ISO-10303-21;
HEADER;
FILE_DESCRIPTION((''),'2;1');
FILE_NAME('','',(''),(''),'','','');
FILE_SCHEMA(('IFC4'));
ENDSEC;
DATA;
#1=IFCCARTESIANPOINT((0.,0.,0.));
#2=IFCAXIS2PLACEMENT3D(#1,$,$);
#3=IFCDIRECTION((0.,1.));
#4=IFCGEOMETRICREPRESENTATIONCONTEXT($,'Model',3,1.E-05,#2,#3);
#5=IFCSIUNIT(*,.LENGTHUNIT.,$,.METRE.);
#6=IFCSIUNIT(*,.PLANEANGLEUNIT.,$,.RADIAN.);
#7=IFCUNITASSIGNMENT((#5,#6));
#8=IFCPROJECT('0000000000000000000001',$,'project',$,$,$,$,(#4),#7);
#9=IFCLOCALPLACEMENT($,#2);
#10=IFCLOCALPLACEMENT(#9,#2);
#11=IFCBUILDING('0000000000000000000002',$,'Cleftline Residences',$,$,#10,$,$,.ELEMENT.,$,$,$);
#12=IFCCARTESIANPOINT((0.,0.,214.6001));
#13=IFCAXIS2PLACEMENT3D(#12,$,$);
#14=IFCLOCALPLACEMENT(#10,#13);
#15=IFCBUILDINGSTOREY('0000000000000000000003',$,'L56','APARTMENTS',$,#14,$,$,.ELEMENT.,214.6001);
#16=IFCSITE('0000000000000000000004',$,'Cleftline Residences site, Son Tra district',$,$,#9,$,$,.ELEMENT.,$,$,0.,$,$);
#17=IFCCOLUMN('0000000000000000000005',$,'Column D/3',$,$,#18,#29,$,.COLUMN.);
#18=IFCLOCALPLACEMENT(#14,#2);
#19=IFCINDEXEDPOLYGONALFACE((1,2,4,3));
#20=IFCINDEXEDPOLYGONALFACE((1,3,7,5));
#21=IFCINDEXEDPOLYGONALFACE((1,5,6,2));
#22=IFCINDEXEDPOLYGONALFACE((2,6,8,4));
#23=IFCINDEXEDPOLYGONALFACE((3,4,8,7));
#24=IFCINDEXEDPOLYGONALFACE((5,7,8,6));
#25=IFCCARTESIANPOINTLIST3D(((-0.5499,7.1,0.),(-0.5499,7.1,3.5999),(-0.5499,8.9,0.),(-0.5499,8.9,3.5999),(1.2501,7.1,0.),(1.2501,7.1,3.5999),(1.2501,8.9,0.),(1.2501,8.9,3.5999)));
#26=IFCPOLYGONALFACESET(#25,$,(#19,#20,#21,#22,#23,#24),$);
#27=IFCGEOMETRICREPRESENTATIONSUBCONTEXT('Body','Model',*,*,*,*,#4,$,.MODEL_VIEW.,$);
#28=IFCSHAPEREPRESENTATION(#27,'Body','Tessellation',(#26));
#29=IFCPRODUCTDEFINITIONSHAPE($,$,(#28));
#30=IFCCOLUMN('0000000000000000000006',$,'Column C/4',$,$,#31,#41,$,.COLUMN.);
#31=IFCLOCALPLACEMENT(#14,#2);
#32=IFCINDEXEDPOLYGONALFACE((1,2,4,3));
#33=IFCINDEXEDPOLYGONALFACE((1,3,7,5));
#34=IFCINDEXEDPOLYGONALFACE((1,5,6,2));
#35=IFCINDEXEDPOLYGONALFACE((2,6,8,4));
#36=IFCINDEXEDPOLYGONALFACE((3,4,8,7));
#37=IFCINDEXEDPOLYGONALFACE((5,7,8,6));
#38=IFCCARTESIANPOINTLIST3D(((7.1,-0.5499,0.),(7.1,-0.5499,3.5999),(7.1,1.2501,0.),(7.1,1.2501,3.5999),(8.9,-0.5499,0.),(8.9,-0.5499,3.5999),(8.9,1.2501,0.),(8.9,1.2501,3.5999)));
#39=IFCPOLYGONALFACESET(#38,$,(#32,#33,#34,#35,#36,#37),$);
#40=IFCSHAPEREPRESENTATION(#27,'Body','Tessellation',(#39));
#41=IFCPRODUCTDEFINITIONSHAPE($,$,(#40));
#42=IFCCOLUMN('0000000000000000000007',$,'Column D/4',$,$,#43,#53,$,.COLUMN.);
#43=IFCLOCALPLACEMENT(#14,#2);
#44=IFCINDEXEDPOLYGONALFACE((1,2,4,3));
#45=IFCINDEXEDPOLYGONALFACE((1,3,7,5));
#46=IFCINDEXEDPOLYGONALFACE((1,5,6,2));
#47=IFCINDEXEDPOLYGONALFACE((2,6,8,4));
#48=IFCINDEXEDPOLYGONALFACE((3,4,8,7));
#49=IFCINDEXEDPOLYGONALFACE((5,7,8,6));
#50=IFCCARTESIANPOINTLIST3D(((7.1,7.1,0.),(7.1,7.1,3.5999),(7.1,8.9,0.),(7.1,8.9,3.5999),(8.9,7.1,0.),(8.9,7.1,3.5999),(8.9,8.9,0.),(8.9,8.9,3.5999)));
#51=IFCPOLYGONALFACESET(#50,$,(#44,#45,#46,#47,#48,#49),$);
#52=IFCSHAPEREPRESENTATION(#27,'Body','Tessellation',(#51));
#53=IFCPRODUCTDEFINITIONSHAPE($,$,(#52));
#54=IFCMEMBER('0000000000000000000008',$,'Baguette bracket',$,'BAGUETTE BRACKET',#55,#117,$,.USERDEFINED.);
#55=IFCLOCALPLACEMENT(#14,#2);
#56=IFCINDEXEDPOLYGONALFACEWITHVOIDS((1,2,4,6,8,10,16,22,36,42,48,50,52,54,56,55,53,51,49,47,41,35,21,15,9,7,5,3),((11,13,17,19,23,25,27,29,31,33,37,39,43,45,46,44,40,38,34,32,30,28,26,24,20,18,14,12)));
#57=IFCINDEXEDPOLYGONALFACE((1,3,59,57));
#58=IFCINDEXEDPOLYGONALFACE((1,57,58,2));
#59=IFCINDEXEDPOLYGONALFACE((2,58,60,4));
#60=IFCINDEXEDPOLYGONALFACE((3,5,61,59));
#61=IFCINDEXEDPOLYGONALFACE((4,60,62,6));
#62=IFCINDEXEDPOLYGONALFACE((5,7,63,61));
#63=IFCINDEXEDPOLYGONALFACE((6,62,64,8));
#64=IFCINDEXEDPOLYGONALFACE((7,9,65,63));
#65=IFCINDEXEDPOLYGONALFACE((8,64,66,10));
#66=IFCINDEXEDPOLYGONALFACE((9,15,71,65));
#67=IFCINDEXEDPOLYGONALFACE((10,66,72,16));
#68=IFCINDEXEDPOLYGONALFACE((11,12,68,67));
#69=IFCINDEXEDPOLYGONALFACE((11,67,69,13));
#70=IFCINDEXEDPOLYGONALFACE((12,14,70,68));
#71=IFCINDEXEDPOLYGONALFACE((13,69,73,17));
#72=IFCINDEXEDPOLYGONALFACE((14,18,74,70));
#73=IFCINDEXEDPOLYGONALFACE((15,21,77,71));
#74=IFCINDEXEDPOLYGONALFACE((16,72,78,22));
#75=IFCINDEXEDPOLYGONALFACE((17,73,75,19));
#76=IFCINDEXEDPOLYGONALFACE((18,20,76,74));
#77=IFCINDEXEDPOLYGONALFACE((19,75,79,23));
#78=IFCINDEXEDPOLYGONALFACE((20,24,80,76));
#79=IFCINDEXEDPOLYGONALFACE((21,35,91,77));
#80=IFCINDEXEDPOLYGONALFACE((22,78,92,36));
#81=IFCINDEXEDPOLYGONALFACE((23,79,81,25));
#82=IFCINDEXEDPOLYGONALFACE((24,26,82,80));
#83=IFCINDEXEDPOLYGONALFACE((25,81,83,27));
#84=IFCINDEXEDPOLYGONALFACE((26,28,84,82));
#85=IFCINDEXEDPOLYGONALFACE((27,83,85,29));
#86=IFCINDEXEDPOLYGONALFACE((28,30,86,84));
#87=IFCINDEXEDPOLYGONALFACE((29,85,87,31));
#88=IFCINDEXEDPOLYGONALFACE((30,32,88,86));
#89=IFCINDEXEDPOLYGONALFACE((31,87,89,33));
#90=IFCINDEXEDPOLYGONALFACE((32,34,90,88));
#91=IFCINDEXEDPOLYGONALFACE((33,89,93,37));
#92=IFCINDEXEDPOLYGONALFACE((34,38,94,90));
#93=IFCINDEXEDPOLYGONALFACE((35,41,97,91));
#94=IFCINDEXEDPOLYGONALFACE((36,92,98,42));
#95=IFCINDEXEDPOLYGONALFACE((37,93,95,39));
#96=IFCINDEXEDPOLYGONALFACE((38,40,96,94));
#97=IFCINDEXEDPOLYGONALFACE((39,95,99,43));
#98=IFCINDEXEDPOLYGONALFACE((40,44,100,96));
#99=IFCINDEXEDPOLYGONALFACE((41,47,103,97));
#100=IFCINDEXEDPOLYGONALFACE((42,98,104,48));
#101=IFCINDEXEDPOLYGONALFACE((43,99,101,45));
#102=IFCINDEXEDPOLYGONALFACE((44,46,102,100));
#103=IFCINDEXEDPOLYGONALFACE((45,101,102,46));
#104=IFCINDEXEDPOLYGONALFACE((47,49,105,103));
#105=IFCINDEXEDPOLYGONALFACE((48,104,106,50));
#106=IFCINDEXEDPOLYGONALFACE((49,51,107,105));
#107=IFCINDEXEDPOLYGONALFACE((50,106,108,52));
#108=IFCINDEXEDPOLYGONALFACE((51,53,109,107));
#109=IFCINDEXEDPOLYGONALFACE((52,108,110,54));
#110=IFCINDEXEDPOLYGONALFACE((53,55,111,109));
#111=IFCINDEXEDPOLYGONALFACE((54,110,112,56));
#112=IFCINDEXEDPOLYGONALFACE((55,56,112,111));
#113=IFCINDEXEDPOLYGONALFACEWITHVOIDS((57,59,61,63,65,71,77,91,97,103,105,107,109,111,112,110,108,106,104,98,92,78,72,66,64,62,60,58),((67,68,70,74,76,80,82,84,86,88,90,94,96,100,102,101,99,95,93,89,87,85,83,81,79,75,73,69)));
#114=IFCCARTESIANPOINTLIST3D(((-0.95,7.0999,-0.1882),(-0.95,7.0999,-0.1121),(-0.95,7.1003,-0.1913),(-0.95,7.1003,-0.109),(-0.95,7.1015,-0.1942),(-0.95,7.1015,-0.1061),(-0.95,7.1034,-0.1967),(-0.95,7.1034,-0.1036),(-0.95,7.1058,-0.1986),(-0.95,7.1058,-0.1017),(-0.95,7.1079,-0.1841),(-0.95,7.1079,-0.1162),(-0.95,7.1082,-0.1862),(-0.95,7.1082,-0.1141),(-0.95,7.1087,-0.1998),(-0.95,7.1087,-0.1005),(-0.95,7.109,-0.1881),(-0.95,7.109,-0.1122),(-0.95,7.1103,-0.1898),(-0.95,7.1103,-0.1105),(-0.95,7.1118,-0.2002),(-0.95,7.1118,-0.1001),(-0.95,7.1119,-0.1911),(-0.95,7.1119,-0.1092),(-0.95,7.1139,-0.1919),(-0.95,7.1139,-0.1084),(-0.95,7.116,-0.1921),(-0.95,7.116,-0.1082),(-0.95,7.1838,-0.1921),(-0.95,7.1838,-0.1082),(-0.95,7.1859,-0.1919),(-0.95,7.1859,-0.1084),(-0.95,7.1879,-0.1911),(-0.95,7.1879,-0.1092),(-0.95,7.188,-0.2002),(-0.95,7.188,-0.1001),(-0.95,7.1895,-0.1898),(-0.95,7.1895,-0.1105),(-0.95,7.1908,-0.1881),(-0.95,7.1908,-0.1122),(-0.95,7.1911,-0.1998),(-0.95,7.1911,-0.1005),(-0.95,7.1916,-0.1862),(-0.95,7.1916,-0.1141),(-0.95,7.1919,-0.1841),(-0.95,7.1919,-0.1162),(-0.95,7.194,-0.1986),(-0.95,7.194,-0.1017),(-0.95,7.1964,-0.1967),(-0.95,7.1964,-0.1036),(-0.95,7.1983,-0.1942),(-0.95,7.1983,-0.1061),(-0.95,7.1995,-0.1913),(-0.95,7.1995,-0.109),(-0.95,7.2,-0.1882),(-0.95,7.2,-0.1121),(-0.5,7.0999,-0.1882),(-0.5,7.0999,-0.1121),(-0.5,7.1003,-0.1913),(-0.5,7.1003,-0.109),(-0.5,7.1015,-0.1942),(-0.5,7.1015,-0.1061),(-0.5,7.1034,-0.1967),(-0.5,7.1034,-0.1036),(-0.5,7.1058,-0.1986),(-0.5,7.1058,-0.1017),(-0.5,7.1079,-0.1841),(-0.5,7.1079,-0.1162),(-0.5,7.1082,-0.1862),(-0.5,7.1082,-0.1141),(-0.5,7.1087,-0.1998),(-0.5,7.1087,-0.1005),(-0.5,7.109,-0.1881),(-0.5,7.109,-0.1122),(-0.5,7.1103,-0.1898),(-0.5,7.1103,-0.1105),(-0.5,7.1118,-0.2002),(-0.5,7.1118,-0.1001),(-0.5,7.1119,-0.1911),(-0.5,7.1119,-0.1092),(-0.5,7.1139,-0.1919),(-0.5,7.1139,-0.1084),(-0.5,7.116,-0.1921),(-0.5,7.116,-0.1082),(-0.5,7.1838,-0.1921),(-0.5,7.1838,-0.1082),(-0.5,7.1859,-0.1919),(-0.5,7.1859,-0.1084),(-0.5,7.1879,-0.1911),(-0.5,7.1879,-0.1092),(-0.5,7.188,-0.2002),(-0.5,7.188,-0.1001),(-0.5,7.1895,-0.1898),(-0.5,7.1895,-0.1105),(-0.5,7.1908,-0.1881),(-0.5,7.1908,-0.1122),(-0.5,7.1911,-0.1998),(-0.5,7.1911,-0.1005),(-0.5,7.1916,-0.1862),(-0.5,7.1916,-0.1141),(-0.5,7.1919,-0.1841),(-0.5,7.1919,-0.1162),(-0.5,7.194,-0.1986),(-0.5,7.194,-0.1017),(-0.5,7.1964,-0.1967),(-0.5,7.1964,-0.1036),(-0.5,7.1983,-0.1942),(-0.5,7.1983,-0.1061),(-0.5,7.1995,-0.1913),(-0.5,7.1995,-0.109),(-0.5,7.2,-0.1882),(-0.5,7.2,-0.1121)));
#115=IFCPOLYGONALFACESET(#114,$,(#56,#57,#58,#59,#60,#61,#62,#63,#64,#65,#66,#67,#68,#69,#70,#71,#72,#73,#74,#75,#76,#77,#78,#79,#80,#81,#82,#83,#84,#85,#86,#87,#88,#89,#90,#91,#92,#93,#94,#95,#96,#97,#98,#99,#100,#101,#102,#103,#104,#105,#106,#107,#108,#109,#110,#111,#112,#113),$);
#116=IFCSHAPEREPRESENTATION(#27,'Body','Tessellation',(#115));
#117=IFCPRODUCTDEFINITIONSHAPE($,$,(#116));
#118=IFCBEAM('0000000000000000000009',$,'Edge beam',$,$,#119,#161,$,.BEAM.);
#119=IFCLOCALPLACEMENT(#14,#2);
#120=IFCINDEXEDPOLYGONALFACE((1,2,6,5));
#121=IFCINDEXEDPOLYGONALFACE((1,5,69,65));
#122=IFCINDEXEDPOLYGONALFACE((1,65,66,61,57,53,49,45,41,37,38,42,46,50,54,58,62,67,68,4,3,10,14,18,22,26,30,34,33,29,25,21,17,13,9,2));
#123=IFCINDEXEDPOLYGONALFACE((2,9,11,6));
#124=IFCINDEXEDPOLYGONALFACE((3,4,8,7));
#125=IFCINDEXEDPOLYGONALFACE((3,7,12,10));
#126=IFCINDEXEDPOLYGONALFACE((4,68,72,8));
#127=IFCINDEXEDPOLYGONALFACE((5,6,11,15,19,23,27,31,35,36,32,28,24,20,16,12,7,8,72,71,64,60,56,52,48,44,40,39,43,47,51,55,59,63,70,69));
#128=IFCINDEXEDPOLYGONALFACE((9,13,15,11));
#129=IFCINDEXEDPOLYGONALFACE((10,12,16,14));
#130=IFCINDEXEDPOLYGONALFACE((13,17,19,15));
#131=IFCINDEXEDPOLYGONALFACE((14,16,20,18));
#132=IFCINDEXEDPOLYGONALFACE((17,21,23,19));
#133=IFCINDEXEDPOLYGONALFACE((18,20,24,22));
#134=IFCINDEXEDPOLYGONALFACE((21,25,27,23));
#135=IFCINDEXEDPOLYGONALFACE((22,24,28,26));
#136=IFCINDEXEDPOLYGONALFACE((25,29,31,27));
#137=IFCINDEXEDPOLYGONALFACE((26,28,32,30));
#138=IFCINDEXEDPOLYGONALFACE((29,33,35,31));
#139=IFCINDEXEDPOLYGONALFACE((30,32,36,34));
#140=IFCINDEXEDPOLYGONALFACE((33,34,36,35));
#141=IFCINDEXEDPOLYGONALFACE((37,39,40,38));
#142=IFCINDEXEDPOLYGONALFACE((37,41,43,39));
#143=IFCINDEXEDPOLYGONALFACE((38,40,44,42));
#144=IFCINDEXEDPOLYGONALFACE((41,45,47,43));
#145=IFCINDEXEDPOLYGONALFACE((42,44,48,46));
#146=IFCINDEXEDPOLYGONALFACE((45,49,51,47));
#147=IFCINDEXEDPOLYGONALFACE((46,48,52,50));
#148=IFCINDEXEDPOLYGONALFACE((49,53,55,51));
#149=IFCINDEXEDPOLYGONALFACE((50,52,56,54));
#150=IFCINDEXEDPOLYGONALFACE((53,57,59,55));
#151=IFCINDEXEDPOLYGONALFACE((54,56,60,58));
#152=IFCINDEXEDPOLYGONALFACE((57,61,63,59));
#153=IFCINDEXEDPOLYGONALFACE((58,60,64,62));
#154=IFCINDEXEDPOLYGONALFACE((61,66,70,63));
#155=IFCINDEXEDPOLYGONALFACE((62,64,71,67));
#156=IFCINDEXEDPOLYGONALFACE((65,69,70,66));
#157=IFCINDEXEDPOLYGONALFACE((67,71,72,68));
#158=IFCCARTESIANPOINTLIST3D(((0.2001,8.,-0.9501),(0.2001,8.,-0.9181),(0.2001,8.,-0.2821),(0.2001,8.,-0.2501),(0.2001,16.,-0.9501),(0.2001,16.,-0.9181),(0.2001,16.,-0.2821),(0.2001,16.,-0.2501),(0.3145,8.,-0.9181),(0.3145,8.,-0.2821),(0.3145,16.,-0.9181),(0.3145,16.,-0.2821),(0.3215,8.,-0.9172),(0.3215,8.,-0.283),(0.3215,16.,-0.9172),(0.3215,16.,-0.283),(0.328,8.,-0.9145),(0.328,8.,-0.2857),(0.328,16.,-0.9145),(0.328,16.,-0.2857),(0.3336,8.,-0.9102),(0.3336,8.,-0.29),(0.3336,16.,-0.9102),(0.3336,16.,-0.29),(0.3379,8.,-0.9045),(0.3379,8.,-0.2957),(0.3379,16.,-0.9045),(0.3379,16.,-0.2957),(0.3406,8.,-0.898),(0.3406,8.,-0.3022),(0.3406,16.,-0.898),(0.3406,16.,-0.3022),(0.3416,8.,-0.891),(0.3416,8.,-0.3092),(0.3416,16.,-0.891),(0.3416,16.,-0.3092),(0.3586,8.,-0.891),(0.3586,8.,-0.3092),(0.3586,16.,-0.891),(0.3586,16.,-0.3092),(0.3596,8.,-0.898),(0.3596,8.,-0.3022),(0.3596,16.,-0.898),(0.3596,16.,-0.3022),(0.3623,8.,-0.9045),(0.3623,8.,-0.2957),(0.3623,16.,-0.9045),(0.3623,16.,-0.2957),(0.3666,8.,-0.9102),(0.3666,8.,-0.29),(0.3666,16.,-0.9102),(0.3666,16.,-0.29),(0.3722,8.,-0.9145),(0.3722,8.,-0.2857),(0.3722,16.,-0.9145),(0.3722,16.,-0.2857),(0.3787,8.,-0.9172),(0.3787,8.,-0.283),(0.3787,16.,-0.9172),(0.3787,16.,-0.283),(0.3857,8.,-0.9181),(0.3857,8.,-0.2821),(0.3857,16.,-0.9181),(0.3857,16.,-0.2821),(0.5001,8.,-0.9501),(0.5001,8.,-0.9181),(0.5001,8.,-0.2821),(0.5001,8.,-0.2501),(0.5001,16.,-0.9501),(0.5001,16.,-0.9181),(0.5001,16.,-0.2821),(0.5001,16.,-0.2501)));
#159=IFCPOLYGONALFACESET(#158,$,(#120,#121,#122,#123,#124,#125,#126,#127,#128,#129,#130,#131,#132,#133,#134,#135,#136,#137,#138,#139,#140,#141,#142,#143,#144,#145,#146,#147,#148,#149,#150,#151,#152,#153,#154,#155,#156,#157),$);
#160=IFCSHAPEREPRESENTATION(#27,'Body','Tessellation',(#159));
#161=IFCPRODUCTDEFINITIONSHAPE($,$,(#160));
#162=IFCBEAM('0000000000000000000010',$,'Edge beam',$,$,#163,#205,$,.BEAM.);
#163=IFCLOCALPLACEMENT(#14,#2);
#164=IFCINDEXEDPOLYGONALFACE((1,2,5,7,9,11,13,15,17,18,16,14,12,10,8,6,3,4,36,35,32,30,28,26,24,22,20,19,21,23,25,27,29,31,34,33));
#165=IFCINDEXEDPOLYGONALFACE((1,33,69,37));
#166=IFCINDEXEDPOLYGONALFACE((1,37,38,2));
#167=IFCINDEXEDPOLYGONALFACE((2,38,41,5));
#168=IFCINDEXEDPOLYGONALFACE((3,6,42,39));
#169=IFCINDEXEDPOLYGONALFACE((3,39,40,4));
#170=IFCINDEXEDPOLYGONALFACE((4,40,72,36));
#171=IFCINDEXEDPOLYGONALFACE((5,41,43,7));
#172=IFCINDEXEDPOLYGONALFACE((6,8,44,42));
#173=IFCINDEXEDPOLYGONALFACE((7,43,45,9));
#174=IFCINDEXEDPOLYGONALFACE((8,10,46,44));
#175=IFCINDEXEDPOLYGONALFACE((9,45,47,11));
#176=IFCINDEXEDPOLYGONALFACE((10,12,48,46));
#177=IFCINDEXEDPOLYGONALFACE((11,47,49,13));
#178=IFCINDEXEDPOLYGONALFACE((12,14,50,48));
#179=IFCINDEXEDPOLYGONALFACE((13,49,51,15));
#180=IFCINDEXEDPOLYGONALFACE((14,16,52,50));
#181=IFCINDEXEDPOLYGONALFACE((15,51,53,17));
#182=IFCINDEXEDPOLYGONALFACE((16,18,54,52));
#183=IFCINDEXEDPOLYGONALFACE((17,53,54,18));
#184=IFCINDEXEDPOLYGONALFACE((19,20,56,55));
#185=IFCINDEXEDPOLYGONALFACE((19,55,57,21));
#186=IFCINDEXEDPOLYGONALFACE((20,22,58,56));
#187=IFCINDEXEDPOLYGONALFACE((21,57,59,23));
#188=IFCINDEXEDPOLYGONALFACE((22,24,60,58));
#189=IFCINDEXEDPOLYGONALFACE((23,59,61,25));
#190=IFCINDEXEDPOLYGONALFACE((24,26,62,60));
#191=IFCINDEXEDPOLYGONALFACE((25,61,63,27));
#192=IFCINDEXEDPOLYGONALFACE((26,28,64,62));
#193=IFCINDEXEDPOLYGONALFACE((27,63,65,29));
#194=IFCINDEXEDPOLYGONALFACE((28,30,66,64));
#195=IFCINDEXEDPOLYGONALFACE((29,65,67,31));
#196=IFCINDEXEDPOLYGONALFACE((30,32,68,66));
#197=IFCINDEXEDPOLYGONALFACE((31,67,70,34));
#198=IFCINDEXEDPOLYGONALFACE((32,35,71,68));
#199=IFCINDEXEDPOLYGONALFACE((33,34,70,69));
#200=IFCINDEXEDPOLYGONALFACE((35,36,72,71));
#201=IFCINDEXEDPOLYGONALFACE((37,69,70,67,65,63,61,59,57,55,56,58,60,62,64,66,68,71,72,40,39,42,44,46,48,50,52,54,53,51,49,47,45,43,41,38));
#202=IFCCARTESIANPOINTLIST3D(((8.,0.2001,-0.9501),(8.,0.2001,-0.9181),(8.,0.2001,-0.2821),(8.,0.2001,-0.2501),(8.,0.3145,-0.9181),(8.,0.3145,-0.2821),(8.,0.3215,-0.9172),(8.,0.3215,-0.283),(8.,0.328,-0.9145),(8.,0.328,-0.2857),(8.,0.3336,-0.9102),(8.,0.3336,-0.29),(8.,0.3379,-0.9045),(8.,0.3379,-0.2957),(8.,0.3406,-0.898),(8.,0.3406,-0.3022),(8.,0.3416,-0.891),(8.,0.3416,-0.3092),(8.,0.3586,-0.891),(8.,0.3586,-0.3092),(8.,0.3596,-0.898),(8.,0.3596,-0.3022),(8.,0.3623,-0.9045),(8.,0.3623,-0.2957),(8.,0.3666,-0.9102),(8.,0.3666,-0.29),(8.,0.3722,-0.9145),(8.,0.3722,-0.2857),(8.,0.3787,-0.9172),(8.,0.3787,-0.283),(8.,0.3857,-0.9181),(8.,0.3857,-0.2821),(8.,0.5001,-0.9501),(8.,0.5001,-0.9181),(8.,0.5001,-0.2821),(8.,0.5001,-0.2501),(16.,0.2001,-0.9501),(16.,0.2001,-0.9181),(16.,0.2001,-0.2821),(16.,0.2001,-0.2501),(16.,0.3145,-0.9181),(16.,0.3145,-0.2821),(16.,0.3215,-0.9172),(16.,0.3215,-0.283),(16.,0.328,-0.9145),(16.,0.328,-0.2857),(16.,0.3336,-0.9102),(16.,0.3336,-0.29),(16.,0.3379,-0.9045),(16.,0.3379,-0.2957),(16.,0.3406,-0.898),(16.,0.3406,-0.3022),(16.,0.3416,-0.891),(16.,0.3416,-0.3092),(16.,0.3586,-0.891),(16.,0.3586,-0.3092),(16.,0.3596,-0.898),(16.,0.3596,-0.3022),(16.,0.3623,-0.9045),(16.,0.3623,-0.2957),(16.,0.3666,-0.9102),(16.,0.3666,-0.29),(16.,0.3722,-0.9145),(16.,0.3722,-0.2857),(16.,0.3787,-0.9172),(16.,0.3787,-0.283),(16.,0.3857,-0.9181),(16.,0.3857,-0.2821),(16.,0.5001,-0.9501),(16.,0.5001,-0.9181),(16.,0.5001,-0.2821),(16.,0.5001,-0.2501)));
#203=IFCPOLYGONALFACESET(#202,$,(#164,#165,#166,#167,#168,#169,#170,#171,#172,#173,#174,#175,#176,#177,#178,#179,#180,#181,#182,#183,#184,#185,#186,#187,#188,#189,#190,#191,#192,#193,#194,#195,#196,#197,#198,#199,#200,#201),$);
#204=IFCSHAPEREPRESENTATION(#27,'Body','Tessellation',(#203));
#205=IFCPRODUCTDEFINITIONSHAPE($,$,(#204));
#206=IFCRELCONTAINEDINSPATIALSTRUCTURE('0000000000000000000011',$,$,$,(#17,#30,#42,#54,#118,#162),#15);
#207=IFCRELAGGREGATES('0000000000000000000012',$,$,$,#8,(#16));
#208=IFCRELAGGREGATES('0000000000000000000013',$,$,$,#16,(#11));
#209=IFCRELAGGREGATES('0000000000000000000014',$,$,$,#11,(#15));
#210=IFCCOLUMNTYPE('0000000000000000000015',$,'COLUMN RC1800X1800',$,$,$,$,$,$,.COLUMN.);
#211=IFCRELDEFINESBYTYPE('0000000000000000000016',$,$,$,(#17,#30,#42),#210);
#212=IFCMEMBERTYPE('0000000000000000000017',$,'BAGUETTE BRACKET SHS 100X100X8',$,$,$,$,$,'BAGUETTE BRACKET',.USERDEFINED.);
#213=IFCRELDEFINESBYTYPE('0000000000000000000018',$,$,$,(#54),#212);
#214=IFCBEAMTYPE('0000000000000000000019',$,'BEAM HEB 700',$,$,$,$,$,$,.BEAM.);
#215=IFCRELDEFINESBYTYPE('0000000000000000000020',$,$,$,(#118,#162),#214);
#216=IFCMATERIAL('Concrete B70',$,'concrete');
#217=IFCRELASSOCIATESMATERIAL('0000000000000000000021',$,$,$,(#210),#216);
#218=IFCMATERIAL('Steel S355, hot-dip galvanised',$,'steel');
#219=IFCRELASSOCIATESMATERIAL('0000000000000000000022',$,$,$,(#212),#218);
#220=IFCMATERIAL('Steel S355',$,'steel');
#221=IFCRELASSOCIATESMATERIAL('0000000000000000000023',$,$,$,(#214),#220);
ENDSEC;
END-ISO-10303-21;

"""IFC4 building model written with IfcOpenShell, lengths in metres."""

from ifc_helpers import new_model, si_unit, direction, frame, origin, origin_2d, place, context, subcontext, project, spatial, rectangle, hollow_rectangle, i_section, extrude, material, material_profile, profile_set, type_object, element, save


model = new_model("IFC4")

# Units and contexts
model_context = context("Model", 3, precision=1e-05, world=origin(), true_north=direction((0.0, 1.0)))
body_context = subcontext(model_context, "Body", "Model", "MODEL_VIEW")
ifc_project = project(units=[si_unit("LENGTHUNIT", "METRE"), si_unit("PLANEANGLEUNIT", "RADIAN")], contexts=[model_context])

# Site, building, storey
site_placement = place(None, origin())
site = spatial("IfcSite", under=ifc_project, at=site_placement, Name="Cleftline Residences site, Son Tra district", CompositionType="ELEMENT", RefElevation=0.0)
building_placement = place(site_placement, origin())
building = spatial("IfcBuilding", under=site, at=building_placement, Name="Cleftline Residences", CompositionType="ELEMENT")
storey_placement = place(building_placement, frame((0.0, 0.0, 214.6001)))
storey = spatial("IfcBuildingStorey", under=building, at=storey_placement, Name="L56", Description="APARTMENTS", CompositionType="ELEMENT", Elevation=214.6001)

# Columns
ifc_material_1 = material(Name="Concrete B70", Category="concrete")
ifc_material_profile_1 = material_profile(ifc_material_1, rectangle(XDim=1.8, YDim=1.8, at=origin_2d()))
ifc_profile_set_1 = profile_set([ifc_material_profile_1], Name="Concrete B70")
column_type = type_object("IfcColumnType", Name="COLUMN RC1800X1800", PredefinedType="COLUMN", material=ifc_profile_set_1)
for number, where, z_axis, x_axis, name in (
    (1, (0.3501, 8.0, 0.0), (0.0, 0.0, 1.0), (1.0, 0.0, 0.0), "Column D/3"),
    (2, (8.0, 0.3501, 0.0), (0.0, 0.0, 1.0), (1.0, 0.0, 0.0), "Column C/4"),
    (3, (8.0, 8.0, 0.0), (0.0, 0.0, 1.0), (1.0, 0.0, 0.0), "Column D/4"),
):
    element("IfcColumn", number, at=place(storey_placement, frame(where, z_axis=z_axis, x_axis=x_axis)), inside=storey, type_object=column_type, Name=name, PredefinedType="COLUMN", context=body_context, shape_type="SweptSolid", body=[
        extrude(rectangle(XDim=1.8, YDim=1.8, at=origin_2d()), origin(), (0.0, 0.0, 1.0), 3.5999),
    ])

# Member
ifc_material_2 = material(Name="Steel S355, hot-dip galvanised", Category="steel")
ifc_material_profile_2 = material_profile(ifc_material_2, hollow_rectangle(XDim=0.1001, YDim=0.1001, WallThickness=0.0081, InnerFilletRadius=0.0081, OuterFilletRadius=0.012, at=origin_2d()))
ifc_profile_set_2 = profile_set([ifc_material_profile_2], Name="Steel S355, hot-dip galvanised")
member_type_1 = type_object("IfcMemberType", Name="BAGUETTE BRACKET SHS 100X100X8", ElementType="BAGUETTE BRACKET", PredefinedType="USERDEFINED", material=ifc_profile_set_2)
member_placement = place(storey_placement, frame((-0.5, 7.1499, -0.1501), z_axis=(-1.0, 0.0, 0.0), x_axis=(0.0, -1.0, 0.0)))
element("IfcMember", 4, at=member_placement, inside=storey, type_object=member_type_1, Name="Baguette bracket", ObjectType="BAGUETTE BRACKET", PredefinedType="USERDEFINED", context=body_context, shape_type="SweptSolid", body=[
    extrude(hollow_rectangle(XDim=0.1001, YDim=0.1001, WallThickness=0.0081, InnerFilletRadius=0.0081, OuterFilletRadius=0.012, at=origin_2d()), origin(), (0.0, 0.0, 1.0), 0.45),
])

# Beams
ifc_material_3 = material(Name="Steel S355", Category="steel")
ifc_material_profile_3 = material_profile(ifc_material_3, i_section(OverallWidth=0.3, OverallDepth=0.7, WebThickness=0.0171, FlangeThickness=0.032, FilletRadius=0.0271, at=origin_2d()))
ifc_profile_set_3 = profile_set([ifc_material_profile_3], Name="Steel S355")
beam_type = type_object("IfcBeamType", Name="BEAM HEB 700", PredefinedType="BEAM", material=ifc_profile_set_3)
for number, where, z_axis, x_axis, name in (
    (5, (0.3501, 8.0, -0.6001), (0.0, 1.0, 0.0), (-1.0, 0.0, 0.0), "Edge beam"),
    (6, (8.0, 0.3501, -0.6001), (1.0, 0.0, 0.0), (0.0, 1.0, 0.0), "Edge beam"),
):
    element("IfcBeam", number, at=place(storey_placement, frame(where, z_axis=z_axis, x_axis=x_axis)), inside=storey, type_object=beam_type, Name=name, PredefinedType="BEAM", context=body_context, shape_type="SweptSolid", body=[
        extrude(i_section(OverallWidth=0.3, OverallDepth=0.7, WebThickness=0.0171, FlangeThickness=0.032, FilletRadius=0.0271, at=origin_2d()), origin(), (0.0, 0.0, 1.0), 8.0),
    ])

save(model, "model.ifc")
